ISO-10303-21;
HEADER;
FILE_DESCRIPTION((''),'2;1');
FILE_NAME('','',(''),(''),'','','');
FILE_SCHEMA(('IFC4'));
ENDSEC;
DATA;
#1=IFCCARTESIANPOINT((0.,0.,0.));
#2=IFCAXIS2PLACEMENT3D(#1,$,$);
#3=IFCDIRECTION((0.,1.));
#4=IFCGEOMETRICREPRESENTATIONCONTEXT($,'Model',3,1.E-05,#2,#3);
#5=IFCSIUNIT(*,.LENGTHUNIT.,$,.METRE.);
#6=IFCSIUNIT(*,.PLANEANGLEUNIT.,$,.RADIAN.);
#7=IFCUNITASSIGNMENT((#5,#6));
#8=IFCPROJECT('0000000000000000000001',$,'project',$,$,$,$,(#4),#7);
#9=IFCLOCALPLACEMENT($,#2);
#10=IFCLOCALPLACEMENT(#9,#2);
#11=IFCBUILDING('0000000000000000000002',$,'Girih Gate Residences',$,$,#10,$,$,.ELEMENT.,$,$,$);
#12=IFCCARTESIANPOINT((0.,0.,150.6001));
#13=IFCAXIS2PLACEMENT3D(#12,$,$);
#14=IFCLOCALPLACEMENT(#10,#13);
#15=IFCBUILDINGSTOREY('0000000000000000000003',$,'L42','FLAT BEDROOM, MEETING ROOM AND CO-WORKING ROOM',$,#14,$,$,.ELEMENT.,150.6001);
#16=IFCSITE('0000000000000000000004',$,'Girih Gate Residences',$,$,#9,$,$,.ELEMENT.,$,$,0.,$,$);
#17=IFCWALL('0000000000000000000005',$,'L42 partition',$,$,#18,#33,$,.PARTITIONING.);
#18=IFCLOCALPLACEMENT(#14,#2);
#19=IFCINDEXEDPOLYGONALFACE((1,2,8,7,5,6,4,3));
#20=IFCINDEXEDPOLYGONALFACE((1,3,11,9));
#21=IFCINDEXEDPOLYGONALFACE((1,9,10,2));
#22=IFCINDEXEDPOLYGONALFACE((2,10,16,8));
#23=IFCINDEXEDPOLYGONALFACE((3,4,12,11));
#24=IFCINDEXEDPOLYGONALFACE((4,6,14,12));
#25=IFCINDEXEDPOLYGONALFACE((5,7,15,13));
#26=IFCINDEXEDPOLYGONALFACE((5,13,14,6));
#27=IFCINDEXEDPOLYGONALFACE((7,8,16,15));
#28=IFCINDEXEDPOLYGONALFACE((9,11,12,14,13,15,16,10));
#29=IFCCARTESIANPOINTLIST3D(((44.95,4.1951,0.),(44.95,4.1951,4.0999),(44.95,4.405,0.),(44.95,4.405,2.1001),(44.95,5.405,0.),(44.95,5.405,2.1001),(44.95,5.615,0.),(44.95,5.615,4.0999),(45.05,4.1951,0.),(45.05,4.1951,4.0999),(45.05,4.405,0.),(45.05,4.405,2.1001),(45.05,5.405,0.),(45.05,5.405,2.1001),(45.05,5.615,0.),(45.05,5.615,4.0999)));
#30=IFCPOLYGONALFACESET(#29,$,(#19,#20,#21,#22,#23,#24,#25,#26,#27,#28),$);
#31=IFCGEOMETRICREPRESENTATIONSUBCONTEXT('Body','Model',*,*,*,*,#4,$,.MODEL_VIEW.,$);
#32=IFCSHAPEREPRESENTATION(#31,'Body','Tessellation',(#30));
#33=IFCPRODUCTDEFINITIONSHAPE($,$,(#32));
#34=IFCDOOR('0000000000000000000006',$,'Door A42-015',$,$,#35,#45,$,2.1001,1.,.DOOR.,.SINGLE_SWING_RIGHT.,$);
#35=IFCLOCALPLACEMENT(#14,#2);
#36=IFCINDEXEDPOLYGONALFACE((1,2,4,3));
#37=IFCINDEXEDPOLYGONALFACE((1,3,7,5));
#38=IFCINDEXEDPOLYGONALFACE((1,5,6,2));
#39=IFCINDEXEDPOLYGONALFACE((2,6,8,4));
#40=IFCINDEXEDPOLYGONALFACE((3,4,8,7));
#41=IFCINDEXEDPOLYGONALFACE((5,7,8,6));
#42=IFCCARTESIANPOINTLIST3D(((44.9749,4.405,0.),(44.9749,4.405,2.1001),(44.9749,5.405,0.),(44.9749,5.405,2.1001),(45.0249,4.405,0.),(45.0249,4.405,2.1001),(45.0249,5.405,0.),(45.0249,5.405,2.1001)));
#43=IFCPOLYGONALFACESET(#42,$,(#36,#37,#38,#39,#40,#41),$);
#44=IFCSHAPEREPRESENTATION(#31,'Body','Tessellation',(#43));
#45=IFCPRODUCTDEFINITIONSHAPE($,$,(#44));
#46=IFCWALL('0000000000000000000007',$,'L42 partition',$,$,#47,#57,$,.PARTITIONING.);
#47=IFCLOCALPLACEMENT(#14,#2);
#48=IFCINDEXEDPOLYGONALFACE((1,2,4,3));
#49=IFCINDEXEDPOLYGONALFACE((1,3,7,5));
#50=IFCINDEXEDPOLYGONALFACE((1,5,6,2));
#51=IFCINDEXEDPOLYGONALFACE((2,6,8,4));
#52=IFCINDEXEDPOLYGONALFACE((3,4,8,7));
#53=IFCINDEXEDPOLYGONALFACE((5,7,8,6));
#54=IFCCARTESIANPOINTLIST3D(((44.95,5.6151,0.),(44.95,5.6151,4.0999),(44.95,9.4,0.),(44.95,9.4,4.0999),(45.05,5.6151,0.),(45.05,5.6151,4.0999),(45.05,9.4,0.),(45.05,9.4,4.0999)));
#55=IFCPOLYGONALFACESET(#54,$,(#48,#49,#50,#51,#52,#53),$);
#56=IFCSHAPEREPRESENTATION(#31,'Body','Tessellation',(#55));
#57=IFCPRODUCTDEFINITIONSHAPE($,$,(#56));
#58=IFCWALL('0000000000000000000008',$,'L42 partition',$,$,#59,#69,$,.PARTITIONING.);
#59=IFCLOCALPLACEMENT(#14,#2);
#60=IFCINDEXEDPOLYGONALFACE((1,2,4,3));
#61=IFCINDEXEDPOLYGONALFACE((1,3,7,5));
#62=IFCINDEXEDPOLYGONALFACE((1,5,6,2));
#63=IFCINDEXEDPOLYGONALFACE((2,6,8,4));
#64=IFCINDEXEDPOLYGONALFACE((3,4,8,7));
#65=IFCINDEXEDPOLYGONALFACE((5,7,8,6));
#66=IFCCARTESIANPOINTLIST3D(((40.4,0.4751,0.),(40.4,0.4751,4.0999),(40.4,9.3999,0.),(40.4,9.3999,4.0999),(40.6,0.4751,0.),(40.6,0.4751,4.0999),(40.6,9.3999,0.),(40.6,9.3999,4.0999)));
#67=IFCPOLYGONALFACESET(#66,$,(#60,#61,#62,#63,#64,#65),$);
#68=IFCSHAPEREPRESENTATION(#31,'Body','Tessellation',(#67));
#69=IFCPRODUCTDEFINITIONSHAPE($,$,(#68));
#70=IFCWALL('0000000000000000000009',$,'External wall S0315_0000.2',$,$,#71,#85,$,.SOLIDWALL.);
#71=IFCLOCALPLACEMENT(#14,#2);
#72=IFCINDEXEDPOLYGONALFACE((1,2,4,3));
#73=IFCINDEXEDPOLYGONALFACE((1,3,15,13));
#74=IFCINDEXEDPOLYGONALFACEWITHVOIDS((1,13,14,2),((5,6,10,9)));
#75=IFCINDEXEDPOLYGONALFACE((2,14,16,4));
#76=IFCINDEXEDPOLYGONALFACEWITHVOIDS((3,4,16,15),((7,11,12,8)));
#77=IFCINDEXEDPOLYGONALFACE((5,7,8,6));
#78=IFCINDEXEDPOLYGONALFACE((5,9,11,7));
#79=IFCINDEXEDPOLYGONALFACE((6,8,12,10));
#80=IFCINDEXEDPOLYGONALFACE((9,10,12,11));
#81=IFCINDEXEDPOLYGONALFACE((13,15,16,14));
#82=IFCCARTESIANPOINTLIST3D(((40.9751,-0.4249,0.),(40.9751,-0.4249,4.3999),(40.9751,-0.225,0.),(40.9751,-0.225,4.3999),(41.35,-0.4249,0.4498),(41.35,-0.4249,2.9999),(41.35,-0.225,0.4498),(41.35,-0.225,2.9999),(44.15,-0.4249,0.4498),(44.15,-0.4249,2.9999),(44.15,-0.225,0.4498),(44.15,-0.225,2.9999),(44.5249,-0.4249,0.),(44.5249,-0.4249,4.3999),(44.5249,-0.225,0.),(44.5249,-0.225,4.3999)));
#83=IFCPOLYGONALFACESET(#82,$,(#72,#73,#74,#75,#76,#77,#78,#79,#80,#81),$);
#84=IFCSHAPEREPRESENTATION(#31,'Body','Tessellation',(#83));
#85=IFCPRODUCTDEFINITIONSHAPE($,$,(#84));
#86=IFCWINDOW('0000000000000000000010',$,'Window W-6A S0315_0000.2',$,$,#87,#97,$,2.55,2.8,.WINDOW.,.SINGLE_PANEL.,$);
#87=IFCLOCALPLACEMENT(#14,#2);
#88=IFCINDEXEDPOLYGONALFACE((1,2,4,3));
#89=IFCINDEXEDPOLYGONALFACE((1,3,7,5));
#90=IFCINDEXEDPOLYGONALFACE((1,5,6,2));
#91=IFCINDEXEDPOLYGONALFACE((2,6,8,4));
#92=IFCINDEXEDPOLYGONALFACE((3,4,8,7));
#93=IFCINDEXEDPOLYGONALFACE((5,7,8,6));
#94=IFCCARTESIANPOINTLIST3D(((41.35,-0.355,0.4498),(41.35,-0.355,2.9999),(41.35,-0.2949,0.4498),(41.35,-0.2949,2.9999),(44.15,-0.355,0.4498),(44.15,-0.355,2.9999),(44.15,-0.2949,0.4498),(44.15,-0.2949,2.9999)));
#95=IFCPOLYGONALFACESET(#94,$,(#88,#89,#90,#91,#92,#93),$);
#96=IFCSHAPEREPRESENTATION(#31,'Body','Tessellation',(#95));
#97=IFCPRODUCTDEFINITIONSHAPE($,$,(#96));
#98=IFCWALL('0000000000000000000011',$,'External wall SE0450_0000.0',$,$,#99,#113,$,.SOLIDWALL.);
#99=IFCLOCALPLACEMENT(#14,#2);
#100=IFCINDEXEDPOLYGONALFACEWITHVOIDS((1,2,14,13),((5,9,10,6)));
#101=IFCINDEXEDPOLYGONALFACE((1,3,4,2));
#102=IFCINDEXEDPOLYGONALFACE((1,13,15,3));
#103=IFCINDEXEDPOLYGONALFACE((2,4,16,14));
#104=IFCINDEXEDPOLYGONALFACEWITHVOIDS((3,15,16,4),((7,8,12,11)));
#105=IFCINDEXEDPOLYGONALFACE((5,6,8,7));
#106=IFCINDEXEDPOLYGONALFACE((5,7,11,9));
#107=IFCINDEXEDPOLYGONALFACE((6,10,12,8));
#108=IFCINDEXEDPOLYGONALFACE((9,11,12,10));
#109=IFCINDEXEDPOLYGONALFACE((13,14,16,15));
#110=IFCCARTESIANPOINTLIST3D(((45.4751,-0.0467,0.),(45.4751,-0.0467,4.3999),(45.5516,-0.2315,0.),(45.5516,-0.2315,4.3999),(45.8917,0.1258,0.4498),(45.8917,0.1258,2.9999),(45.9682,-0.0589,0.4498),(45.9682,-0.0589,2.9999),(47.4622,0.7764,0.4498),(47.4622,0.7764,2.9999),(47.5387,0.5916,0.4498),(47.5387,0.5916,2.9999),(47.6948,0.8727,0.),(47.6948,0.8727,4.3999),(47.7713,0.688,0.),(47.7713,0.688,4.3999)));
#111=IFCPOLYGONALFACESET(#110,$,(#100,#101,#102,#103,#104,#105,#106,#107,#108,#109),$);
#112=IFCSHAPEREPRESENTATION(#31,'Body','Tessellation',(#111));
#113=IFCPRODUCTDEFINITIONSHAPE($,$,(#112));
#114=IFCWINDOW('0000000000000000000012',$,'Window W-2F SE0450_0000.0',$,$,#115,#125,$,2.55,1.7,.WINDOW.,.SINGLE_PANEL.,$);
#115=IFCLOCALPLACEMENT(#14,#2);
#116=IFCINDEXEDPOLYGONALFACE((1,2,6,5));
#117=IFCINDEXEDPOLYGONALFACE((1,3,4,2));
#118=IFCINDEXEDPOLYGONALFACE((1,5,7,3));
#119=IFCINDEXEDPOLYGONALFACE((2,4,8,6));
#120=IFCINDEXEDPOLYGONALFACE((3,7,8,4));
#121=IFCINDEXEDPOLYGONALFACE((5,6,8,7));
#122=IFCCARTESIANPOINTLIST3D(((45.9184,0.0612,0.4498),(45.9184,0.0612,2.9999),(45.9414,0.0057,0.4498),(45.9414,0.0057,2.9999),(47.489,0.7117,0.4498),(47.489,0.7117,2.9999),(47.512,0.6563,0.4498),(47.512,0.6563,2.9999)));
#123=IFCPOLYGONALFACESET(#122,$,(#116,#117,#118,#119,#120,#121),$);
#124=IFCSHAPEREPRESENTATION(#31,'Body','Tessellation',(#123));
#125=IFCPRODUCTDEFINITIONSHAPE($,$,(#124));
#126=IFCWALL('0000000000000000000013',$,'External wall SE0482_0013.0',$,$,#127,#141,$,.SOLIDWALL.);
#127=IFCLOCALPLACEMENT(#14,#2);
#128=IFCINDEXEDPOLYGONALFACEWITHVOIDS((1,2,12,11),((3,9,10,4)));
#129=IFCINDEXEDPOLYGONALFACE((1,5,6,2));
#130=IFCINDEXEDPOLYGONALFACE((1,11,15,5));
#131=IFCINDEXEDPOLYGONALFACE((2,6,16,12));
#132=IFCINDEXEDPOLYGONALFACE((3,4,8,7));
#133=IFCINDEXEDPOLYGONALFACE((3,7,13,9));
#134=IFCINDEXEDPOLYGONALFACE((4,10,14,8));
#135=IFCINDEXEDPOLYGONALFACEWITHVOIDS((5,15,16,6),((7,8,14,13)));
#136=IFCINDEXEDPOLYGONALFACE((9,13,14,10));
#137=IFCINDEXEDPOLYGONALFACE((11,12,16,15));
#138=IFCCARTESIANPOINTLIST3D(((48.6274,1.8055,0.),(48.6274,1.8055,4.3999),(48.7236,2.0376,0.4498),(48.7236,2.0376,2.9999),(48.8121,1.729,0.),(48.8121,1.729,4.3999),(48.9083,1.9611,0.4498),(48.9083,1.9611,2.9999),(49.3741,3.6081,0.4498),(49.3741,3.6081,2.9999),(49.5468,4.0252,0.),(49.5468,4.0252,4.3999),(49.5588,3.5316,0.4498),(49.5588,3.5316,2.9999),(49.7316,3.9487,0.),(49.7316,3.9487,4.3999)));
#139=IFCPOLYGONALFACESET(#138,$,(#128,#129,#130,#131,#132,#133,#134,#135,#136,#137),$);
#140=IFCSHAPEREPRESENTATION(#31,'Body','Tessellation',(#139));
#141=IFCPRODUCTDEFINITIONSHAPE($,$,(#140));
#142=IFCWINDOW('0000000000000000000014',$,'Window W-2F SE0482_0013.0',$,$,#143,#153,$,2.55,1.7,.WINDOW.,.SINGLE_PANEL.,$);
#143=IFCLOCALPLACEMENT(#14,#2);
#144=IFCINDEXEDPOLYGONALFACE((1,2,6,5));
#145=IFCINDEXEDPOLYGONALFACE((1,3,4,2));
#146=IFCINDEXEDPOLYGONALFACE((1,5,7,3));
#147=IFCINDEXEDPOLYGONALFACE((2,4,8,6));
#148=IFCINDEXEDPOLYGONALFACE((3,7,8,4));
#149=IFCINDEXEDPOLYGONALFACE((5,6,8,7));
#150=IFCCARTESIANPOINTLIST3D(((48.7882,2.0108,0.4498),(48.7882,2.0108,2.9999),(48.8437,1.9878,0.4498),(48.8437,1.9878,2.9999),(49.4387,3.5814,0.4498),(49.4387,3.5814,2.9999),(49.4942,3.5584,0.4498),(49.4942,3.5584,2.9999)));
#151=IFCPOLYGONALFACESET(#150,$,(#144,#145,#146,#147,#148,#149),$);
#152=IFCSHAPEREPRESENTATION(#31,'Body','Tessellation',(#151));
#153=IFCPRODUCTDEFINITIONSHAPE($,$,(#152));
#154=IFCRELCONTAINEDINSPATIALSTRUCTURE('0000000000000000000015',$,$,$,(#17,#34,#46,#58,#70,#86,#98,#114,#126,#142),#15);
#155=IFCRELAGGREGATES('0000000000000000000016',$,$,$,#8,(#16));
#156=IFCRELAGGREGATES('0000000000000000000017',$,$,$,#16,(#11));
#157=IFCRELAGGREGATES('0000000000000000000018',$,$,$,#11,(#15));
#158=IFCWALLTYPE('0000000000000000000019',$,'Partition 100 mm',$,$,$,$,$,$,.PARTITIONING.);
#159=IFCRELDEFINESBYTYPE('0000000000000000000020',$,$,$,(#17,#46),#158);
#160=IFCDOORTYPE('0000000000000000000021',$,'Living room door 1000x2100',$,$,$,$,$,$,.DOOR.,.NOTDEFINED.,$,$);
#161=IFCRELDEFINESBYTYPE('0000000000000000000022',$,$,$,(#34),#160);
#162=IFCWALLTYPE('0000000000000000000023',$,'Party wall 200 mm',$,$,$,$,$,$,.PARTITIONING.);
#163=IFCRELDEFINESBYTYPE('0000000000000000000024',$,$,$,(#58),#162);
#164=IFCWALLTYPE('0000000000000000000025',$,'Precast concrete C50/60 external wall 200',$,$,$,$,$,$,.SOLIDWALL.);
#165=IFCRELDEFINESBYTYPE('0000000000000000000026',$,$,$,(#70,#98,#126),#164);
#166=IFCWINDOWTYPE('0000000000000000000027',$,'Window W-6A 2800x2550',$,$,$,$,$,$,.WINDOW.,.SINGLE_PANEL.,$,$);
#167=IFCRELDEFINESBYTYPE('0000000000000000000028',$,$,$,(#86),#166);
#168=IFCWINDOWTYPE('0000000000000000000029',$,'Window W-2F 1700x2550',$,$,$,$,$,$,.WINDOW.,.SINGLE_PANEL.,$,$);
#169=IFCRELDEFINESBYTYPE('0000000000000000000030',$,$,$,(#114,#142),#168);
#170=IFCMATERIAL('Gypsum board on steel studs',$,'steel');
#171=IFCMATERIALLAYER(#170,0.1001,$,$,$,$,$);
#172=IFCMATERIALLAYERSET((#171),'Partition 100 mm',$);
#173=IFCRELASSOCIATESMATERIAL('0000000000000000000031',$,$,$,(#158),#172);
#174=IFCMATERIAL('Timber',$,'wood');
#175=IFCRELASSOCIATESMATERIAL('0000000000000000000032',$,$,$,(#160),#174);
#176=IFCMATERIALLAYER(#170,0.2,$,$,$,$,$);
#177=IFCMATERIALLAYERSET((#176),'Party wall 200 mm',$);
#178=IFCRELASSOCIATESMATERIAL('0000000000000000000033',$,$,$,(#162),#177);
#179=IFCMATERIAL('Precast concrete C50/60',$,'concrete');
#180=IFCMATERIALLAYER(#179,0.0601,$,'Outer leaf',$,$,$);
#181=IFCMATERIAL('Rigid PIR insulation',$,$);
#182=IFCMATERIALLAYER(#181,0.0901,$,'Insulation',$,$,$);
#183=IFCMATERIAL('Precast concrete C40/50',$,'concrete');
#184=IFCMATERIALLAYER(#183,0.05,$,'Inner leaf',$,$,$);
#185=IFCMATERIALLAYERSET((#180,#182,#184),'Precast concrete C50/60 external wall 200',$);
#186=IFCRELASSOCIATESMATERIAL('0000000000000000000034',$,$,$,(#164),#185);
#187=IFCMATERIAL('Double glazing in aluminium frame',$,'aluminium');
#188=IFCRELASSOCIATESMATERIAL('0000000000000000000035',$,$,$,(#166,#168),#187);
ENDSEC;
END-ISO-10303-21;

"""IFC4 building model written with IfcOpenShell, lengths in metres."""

from ifc_helpers import new_model, si_unit, direction, frame, frame_2d, origin, place, context, subcontext, project, spatial, rectangle, extrude, material, layer, layer_set, type_object, element, fill, save


model = new_model("IFC4")

# Units and contexts
model_context = context("Model", 3, precision=1e-05, world=origin(), true_north=direction((0.0, 1.0)))
body_context = subcontext(model_context, "Body", "Model", "MODEL_VIEW")
ifc_project = project(units=[si_unit("LENGTHUNIT", "METRE"), si_unit("PLANEANGLEUNIT", "RADIAN")], contexts=[model_context])

# Site, building, storey
site_placement = place(None, origin())
site = spatial("IfcSite", under=ifc_project, at=site_placement, Name="Girih Gate Residences", CompositionType="ELEMENT", RefElevation=0.0)
building_placement = place(site_placement, origin())
building = spatial("IfcBuilding", under=site, at=building_placement, Name="Girih Gate Residences", CompositionType="ELEMENT")
storey_placement = place(building_placement, frame((0.0, 0.0, 150.6001)))
storey = spatial("IfcBuildingStorey", under=building, at=storey_placement, Name="L42", Description="FLAT BEDROOM, MEETING ROOM AND CO-WORKING ROOM", CompositionType="ELEMENT", Elevation=150.6001)

# Shared definitions
ifc_material_1 = material(Name="Gypsum board on steel studs", Category="steel")
ifc_layer_1 = layer(ifc_material_1, 0.1001)
ifc_layer_set_1 = layer_set([ifc_layer_1], Name="Partition 100 mm")
wall_type_1 = type_object("IfcWallType", Name="Partition 100 mm", PredefinedType="PARTITIONING", material=ifc_layer_set_1)
ifc_material_2 = material(Name="Timber", Category="wood")

# Wall, opening, door
wall_1_placement = place(storey_placement, frame((45.0, 5.615, 0.0), z_axis=(0.0, 0.0, 1.0), x_axis=(0.0, -1.0, 0.0)))
wall_1 = element("IfcWall", 1, at=wall_1_placement, inside=storey, type_object=wall_type_1, Name="L42 partition", PredefinedType="PARTITIONING", context=body_context, shape_type="SweptSolid", body=[
    extrude(rectangle(XDim=1.4199, YDim=0.1001, at=frame_2d((0.71, 0.0))), origin(), (0.0, 0.0, 1.0), 4.0999),
])
opening_1_placement = place(wall_1_placement, frame((0.21, 0.0, 0.0)))
opening_1 = element("IfcOpeningElement", 2, at=opening_1_placement, cuts=wall_1, PredefinedType="OPENING", context=body_context, shape_type="SweptSolid", body=[
    extrude(rectangle(XDim=1.0, YDim=2.1001, at=frame_2d((0.5, 1.05))), frame((0.0, 0.0601, 0.0), z_axis=(0.0, -1.0, 0.0), x_axis=(1.0, 0.0, 0.0)), (0.0, 0.0, 1.0), 0.1201),
])
door_type_1 = type_object("IfcDoorType", Name="Living room door 1000x2100", OperationType="NOTDEFINED", PredefinedType="DOOR", material=ifc_material_2)
door_1_placement = place(opening_1_placement, origin())
door_1 = element("IfcDoor", 3, at=door_1_placement, inside=storey, type_object=door_type_1, Name="Door A42-015", OperationType="SINGLE_SWING_RIGHT", OverallHeight=2.1001, OverallWidth=1.0, PredefinedType="DOOR", context=body_context, shape_type="SweptSolid", body=[
    extrude(rectangle(XDim=1.0, YDim=2.1001, at=frame_2d((0.5, 1.05))), frame((0.0, 0.0249, 0.0), z_axis=(0.0, -1.0, 0.0), x_axis=(1.0, 0.0, 0.0)), (0.0, 0.0, 1.0), 0.05),
])
fill(opening_1, door_1)

# Walls
wall_2_placement = place(storey_placement, frame((45.0, 5.615, 0.0), z_axis=(0.0, 0.0, 1.0), x_axis=(0.0, 1.0, 0.0)))
element("IfcWall", 4, at=wall_2_placement, inside=storey, type_object=wall_type_1, Name="L42 partition", PredefinedType="PARTITIONING", context=body_context, shape_type="SweptSolid", body=[
    extrude(rectangle(XDim=3.7849, YDim=0.1001, at=frame_2d((1.8926, 0.0))), origin(), (0.0, 0.0, 1.0), 4.0999),
])
ifc_layer_2 = layer(ifc_material_1, 0.2)
ifc_layer_set_2 = layer_set([ifc_layer_2], Name="Party wall 200 mm")
wall_type_2 = type_object("IfcWallType", Name="Party wall 200 mm", PredefinedType="PARTITIONING", material=ifc_layer_set_2)
wall_3_placement = place(storey_placement, frame((40.5, 0.4751, 0.0), z_axis=(0.0, 0.0, 1.0), x_axis=(0.0, 1.0, 0.0)))
element("IfcWall", 5, at=wall_3_placement, inside=storey, type_object=wall_type_2, Name="L42 partition", PredefinedType="PARTITIONING", context=body_context, shape_type="SweptSolid", body=[
    extrude(rectangle(XDim=8.9248, YDim=0.2, at=frame_2d((4.4624, 0.0))), origin(), (0.0, 0.0, 1.0), 4.0999),
])

# Walls, openings, windows
ifc_material_3 = material(Name="Precast concrete C50/60", Category="concrete")
ifc_layer_3 = layer(ifc_material_3, 0.0601, Name="Outer leaf")
ifc_material_4 = material(Name="Rigid PIR insulation")
ifc_layer_4 = layer(ifc_material_4, 0.0901, Name="Insulation")
ifc_material_5 = material(Name="Precast concrete C40/50", Category="concrete")
ifc_layer_5 = layer(ifc_material_5, 0.05, Name="Inner leaf")
ifc_layer_set_3 = layer_set([ifc_layer_3, ifc_layer_4, ifc_layer_5], Name="Precast concrete C50/60 external wall 200")
wall_type_3 = type_object("IfcWallType", Name="Precast concrete C50/60 external wall 200", PredefinedType="SOLIDWALL", material=ifc_layer_set_3)
wall_4_placement = place(storey_placement, frame((44.5249, -0.325, 0.0), z_axis=(0.0, 0.0, 1.0), x_axis=(-1.0, 0.0, 0.0)))
wall_4 = element("IfcWall", 6, at=wall_4_placement, inside=storey, type_object=wall_type_3, Name="External wall S0315_0000.2", PredefinedType="SOLIDWALL", context=body_context, shape_type="SweptSolid", body=[
    extrude(rectangle(XDim=3.5498, YDim=0.2, at=frame_2d((1.7749, 0.0))), origin(), (0.0, 0.0, 1.0), 4.3999),
])
opening_2_placement = place(wall_4_placement, frame((0.375, 0.0, 0.45)))
opening_2 = element("IfcOpeningElement", 7, at=opening_2_placement, cuts=wall_4, PredefinedType="OPENING", context=body_context, shape_type="SweptSolid", body=[
    extrude(rectangle(XDim=2.8, YDim=2.55, at=frame_2d((1.3999, 1.2749))), frame((0.0, 0.1099, 0.0), z_axis=(0.0, -1.0, 0.0), x_axis=(1.0, 0.0, 0.0)), (0.0, 0.0, 1.0), 0.22),
])
ifc_material_6 = material(Name="Double glazing in aluminium frame", Category="aluminium")
window_type_1 = type_object("IfcWindowType", Name="Window W-6A 2800x2550", PartitioningType="SINGLE_PANEL", PredefinedType="WINDOW", material=ifc_material_6)
window_1_placement = place(opening_2_placement, origin())
window_1 = element("IfcWindow", 8, at=window_1_placement, inside=storey, type_object=window_type_1, Name="Window W-6A S0315_0000.2", OverallHeight=2.55, OverallWidth=2.8, PartitioningType="SINGLE_PANEL", PredefinedType="WINDOW", context=body_context, shape_type="SweptSolid", body=[
    extrude(rectangle(XDim=2.8, YDim=2.55, at=frame_2d((1.3999, 1.2749))), frame((0.0, 0.03, 0.0), z_axis=(0.0, -1.0, 0.0), x_axis=(1.0, 0.0, 0.0)), (0.0, 0.0, 1.0), 0.0601),
])
fill(opening_2, window_1)
wall_5_placement = place(storey_placement, frame((47.7329, 0.7803, 0.0), z_axis=(0.0, 0.0, 1.0), x_axis=(-0.923881, -0.382681, 0.0)))
wall_5 = element("IfcWall", 9, at=wall_5_placement, inside=storey, type_object=wall_type_3, Name="External wall SE0450_0000.0", PredefinedType="SOLIDWALL", context=body_context, shape_type="SweptSolid", body=[
    extrude(rectangle(XDim=2.4026, YDim=0.2, at=frame_2d((1.2012, 0.0))), origin(), (0.0, 0.0, 1.0), 4.3999),
])
opening_3_placement = place(wall_5_placement, frame((0.2515, 0.0, 0.45)))
opening_3 = element("IfcOpeningElement", 10, at=opening_3_placement, cuts=wall_5, PredefinedType="OPENING", context=body_context, shape_type="SweptSolid", body=[
    extrude(rectangle(XDim=1.7, YDim=2.55, at=frame_2d((0.8501, 1.2749))), frame((0.0, 0.1099, 0.0), z_axis=(0.0, -1.0, 0.0), x_axis=(1.0, 0.0, 0.0)), (0.0, 0.0, 1.0), 0.22),
])
window_type_2 = type_object("IfcWindowType", Name="Window W-2F 1700x2550", PartitioningType="SINGLE_PANEL", PredefinedType="WINDOW", material=ifc_material_6)
window_2_placement = place(opening_3_placement, origin())
window_2 = element("IfcWindow", 11, at=window_2_placement, inside=storey, type_object=window_type_2, Name="Window W-2F SE0450_0000.0", OverallHeight=2.55, OverallWidth=1.7, PartitioningType="SINGLE_PANEL", PredefinedType="WINDOW", context=body_context, shape_type="SweptSolid", body=[
    extrude(rectangle(XDim=1.7, YDim=2.55, at=frame_2d((0.8501, 1.2749))), frame((0.0, 0.03, 0.0), z_axis=(0.0, -1.0, 0.0), x_axis=(1.0, 0.0, 0.0)), (0.0, 0.0, 1.0), 0.0601),
])
fill(opening_3, window_2)
wall_6_placement = place(storey_placement, frame((49.6392, 3.9868, 0.0), z_axis=(0.0, 0.0, 1.0), x_axis=(-0.382681, -0.923881, 0.0)))
wall_6 = element("IfcWall", 12, at=wall_6_placement, inside=storey, type_object=wall_type_3, Name="External wall SE0482_0013.0", PredefinedType="SOLIDWALL", context=body_context, shape_type="SweptSolid", body=[
    extrude(rectangle(XDim=2.4026, YDim=0.2, at=frame_2d((1.2012, 0.0))), origin(), (0.0, 0.0, 1.0), 4.3999),
])
opening_4_placement = place(wall_6_placement, frame((0.4512, 0.0, 0.45)))
opening_4 = element("IfcOpeningElement", 13, at=opening_4_placement, cuts=wall_6, PredefinedType="OPENING", context=body_context, shape_type="SweptSolid", body=[
    extrude(rectangle(XDim=1.7, YDim=2.55, at=frame_2d((0.8501, 1.2749))), frame((0.0, 0.1099, 0.0), z_axis=(0.0, -1.0, 0.0), x_axis=(1.0, 0.0, 0.0)), (0.0, 0.0, 1.0), 0.22),
])
window_3_placement = place(opening_4_placement, origin())
window_3 = element("IfcWindow", 14, at=window_3_placement, inside=storey, type_object=window_type_2, Name="Window W-2F SE0482_0013.0", OverallHeight=2.55, OverallWidth=1.7, PartitioningType="SINGLE_PANEL", PredefinedType="WINDOW", context=body_context, shape_type="SweptSolid", body=[
    extrude(rectangle(XDim=1.7, YDim=2.55, at=frame_2d((0.8501, 1.2749))), frame((0.0, 0.03, 0.0), z_axis=(0.0, -1.0, 0.0), x_axis=(1.0, 0.0, 0.0)), (0.0, 0.0, 1.0), 0.0601),
])
fill(opening_4, window_3)

save(model, "model.ifc")
